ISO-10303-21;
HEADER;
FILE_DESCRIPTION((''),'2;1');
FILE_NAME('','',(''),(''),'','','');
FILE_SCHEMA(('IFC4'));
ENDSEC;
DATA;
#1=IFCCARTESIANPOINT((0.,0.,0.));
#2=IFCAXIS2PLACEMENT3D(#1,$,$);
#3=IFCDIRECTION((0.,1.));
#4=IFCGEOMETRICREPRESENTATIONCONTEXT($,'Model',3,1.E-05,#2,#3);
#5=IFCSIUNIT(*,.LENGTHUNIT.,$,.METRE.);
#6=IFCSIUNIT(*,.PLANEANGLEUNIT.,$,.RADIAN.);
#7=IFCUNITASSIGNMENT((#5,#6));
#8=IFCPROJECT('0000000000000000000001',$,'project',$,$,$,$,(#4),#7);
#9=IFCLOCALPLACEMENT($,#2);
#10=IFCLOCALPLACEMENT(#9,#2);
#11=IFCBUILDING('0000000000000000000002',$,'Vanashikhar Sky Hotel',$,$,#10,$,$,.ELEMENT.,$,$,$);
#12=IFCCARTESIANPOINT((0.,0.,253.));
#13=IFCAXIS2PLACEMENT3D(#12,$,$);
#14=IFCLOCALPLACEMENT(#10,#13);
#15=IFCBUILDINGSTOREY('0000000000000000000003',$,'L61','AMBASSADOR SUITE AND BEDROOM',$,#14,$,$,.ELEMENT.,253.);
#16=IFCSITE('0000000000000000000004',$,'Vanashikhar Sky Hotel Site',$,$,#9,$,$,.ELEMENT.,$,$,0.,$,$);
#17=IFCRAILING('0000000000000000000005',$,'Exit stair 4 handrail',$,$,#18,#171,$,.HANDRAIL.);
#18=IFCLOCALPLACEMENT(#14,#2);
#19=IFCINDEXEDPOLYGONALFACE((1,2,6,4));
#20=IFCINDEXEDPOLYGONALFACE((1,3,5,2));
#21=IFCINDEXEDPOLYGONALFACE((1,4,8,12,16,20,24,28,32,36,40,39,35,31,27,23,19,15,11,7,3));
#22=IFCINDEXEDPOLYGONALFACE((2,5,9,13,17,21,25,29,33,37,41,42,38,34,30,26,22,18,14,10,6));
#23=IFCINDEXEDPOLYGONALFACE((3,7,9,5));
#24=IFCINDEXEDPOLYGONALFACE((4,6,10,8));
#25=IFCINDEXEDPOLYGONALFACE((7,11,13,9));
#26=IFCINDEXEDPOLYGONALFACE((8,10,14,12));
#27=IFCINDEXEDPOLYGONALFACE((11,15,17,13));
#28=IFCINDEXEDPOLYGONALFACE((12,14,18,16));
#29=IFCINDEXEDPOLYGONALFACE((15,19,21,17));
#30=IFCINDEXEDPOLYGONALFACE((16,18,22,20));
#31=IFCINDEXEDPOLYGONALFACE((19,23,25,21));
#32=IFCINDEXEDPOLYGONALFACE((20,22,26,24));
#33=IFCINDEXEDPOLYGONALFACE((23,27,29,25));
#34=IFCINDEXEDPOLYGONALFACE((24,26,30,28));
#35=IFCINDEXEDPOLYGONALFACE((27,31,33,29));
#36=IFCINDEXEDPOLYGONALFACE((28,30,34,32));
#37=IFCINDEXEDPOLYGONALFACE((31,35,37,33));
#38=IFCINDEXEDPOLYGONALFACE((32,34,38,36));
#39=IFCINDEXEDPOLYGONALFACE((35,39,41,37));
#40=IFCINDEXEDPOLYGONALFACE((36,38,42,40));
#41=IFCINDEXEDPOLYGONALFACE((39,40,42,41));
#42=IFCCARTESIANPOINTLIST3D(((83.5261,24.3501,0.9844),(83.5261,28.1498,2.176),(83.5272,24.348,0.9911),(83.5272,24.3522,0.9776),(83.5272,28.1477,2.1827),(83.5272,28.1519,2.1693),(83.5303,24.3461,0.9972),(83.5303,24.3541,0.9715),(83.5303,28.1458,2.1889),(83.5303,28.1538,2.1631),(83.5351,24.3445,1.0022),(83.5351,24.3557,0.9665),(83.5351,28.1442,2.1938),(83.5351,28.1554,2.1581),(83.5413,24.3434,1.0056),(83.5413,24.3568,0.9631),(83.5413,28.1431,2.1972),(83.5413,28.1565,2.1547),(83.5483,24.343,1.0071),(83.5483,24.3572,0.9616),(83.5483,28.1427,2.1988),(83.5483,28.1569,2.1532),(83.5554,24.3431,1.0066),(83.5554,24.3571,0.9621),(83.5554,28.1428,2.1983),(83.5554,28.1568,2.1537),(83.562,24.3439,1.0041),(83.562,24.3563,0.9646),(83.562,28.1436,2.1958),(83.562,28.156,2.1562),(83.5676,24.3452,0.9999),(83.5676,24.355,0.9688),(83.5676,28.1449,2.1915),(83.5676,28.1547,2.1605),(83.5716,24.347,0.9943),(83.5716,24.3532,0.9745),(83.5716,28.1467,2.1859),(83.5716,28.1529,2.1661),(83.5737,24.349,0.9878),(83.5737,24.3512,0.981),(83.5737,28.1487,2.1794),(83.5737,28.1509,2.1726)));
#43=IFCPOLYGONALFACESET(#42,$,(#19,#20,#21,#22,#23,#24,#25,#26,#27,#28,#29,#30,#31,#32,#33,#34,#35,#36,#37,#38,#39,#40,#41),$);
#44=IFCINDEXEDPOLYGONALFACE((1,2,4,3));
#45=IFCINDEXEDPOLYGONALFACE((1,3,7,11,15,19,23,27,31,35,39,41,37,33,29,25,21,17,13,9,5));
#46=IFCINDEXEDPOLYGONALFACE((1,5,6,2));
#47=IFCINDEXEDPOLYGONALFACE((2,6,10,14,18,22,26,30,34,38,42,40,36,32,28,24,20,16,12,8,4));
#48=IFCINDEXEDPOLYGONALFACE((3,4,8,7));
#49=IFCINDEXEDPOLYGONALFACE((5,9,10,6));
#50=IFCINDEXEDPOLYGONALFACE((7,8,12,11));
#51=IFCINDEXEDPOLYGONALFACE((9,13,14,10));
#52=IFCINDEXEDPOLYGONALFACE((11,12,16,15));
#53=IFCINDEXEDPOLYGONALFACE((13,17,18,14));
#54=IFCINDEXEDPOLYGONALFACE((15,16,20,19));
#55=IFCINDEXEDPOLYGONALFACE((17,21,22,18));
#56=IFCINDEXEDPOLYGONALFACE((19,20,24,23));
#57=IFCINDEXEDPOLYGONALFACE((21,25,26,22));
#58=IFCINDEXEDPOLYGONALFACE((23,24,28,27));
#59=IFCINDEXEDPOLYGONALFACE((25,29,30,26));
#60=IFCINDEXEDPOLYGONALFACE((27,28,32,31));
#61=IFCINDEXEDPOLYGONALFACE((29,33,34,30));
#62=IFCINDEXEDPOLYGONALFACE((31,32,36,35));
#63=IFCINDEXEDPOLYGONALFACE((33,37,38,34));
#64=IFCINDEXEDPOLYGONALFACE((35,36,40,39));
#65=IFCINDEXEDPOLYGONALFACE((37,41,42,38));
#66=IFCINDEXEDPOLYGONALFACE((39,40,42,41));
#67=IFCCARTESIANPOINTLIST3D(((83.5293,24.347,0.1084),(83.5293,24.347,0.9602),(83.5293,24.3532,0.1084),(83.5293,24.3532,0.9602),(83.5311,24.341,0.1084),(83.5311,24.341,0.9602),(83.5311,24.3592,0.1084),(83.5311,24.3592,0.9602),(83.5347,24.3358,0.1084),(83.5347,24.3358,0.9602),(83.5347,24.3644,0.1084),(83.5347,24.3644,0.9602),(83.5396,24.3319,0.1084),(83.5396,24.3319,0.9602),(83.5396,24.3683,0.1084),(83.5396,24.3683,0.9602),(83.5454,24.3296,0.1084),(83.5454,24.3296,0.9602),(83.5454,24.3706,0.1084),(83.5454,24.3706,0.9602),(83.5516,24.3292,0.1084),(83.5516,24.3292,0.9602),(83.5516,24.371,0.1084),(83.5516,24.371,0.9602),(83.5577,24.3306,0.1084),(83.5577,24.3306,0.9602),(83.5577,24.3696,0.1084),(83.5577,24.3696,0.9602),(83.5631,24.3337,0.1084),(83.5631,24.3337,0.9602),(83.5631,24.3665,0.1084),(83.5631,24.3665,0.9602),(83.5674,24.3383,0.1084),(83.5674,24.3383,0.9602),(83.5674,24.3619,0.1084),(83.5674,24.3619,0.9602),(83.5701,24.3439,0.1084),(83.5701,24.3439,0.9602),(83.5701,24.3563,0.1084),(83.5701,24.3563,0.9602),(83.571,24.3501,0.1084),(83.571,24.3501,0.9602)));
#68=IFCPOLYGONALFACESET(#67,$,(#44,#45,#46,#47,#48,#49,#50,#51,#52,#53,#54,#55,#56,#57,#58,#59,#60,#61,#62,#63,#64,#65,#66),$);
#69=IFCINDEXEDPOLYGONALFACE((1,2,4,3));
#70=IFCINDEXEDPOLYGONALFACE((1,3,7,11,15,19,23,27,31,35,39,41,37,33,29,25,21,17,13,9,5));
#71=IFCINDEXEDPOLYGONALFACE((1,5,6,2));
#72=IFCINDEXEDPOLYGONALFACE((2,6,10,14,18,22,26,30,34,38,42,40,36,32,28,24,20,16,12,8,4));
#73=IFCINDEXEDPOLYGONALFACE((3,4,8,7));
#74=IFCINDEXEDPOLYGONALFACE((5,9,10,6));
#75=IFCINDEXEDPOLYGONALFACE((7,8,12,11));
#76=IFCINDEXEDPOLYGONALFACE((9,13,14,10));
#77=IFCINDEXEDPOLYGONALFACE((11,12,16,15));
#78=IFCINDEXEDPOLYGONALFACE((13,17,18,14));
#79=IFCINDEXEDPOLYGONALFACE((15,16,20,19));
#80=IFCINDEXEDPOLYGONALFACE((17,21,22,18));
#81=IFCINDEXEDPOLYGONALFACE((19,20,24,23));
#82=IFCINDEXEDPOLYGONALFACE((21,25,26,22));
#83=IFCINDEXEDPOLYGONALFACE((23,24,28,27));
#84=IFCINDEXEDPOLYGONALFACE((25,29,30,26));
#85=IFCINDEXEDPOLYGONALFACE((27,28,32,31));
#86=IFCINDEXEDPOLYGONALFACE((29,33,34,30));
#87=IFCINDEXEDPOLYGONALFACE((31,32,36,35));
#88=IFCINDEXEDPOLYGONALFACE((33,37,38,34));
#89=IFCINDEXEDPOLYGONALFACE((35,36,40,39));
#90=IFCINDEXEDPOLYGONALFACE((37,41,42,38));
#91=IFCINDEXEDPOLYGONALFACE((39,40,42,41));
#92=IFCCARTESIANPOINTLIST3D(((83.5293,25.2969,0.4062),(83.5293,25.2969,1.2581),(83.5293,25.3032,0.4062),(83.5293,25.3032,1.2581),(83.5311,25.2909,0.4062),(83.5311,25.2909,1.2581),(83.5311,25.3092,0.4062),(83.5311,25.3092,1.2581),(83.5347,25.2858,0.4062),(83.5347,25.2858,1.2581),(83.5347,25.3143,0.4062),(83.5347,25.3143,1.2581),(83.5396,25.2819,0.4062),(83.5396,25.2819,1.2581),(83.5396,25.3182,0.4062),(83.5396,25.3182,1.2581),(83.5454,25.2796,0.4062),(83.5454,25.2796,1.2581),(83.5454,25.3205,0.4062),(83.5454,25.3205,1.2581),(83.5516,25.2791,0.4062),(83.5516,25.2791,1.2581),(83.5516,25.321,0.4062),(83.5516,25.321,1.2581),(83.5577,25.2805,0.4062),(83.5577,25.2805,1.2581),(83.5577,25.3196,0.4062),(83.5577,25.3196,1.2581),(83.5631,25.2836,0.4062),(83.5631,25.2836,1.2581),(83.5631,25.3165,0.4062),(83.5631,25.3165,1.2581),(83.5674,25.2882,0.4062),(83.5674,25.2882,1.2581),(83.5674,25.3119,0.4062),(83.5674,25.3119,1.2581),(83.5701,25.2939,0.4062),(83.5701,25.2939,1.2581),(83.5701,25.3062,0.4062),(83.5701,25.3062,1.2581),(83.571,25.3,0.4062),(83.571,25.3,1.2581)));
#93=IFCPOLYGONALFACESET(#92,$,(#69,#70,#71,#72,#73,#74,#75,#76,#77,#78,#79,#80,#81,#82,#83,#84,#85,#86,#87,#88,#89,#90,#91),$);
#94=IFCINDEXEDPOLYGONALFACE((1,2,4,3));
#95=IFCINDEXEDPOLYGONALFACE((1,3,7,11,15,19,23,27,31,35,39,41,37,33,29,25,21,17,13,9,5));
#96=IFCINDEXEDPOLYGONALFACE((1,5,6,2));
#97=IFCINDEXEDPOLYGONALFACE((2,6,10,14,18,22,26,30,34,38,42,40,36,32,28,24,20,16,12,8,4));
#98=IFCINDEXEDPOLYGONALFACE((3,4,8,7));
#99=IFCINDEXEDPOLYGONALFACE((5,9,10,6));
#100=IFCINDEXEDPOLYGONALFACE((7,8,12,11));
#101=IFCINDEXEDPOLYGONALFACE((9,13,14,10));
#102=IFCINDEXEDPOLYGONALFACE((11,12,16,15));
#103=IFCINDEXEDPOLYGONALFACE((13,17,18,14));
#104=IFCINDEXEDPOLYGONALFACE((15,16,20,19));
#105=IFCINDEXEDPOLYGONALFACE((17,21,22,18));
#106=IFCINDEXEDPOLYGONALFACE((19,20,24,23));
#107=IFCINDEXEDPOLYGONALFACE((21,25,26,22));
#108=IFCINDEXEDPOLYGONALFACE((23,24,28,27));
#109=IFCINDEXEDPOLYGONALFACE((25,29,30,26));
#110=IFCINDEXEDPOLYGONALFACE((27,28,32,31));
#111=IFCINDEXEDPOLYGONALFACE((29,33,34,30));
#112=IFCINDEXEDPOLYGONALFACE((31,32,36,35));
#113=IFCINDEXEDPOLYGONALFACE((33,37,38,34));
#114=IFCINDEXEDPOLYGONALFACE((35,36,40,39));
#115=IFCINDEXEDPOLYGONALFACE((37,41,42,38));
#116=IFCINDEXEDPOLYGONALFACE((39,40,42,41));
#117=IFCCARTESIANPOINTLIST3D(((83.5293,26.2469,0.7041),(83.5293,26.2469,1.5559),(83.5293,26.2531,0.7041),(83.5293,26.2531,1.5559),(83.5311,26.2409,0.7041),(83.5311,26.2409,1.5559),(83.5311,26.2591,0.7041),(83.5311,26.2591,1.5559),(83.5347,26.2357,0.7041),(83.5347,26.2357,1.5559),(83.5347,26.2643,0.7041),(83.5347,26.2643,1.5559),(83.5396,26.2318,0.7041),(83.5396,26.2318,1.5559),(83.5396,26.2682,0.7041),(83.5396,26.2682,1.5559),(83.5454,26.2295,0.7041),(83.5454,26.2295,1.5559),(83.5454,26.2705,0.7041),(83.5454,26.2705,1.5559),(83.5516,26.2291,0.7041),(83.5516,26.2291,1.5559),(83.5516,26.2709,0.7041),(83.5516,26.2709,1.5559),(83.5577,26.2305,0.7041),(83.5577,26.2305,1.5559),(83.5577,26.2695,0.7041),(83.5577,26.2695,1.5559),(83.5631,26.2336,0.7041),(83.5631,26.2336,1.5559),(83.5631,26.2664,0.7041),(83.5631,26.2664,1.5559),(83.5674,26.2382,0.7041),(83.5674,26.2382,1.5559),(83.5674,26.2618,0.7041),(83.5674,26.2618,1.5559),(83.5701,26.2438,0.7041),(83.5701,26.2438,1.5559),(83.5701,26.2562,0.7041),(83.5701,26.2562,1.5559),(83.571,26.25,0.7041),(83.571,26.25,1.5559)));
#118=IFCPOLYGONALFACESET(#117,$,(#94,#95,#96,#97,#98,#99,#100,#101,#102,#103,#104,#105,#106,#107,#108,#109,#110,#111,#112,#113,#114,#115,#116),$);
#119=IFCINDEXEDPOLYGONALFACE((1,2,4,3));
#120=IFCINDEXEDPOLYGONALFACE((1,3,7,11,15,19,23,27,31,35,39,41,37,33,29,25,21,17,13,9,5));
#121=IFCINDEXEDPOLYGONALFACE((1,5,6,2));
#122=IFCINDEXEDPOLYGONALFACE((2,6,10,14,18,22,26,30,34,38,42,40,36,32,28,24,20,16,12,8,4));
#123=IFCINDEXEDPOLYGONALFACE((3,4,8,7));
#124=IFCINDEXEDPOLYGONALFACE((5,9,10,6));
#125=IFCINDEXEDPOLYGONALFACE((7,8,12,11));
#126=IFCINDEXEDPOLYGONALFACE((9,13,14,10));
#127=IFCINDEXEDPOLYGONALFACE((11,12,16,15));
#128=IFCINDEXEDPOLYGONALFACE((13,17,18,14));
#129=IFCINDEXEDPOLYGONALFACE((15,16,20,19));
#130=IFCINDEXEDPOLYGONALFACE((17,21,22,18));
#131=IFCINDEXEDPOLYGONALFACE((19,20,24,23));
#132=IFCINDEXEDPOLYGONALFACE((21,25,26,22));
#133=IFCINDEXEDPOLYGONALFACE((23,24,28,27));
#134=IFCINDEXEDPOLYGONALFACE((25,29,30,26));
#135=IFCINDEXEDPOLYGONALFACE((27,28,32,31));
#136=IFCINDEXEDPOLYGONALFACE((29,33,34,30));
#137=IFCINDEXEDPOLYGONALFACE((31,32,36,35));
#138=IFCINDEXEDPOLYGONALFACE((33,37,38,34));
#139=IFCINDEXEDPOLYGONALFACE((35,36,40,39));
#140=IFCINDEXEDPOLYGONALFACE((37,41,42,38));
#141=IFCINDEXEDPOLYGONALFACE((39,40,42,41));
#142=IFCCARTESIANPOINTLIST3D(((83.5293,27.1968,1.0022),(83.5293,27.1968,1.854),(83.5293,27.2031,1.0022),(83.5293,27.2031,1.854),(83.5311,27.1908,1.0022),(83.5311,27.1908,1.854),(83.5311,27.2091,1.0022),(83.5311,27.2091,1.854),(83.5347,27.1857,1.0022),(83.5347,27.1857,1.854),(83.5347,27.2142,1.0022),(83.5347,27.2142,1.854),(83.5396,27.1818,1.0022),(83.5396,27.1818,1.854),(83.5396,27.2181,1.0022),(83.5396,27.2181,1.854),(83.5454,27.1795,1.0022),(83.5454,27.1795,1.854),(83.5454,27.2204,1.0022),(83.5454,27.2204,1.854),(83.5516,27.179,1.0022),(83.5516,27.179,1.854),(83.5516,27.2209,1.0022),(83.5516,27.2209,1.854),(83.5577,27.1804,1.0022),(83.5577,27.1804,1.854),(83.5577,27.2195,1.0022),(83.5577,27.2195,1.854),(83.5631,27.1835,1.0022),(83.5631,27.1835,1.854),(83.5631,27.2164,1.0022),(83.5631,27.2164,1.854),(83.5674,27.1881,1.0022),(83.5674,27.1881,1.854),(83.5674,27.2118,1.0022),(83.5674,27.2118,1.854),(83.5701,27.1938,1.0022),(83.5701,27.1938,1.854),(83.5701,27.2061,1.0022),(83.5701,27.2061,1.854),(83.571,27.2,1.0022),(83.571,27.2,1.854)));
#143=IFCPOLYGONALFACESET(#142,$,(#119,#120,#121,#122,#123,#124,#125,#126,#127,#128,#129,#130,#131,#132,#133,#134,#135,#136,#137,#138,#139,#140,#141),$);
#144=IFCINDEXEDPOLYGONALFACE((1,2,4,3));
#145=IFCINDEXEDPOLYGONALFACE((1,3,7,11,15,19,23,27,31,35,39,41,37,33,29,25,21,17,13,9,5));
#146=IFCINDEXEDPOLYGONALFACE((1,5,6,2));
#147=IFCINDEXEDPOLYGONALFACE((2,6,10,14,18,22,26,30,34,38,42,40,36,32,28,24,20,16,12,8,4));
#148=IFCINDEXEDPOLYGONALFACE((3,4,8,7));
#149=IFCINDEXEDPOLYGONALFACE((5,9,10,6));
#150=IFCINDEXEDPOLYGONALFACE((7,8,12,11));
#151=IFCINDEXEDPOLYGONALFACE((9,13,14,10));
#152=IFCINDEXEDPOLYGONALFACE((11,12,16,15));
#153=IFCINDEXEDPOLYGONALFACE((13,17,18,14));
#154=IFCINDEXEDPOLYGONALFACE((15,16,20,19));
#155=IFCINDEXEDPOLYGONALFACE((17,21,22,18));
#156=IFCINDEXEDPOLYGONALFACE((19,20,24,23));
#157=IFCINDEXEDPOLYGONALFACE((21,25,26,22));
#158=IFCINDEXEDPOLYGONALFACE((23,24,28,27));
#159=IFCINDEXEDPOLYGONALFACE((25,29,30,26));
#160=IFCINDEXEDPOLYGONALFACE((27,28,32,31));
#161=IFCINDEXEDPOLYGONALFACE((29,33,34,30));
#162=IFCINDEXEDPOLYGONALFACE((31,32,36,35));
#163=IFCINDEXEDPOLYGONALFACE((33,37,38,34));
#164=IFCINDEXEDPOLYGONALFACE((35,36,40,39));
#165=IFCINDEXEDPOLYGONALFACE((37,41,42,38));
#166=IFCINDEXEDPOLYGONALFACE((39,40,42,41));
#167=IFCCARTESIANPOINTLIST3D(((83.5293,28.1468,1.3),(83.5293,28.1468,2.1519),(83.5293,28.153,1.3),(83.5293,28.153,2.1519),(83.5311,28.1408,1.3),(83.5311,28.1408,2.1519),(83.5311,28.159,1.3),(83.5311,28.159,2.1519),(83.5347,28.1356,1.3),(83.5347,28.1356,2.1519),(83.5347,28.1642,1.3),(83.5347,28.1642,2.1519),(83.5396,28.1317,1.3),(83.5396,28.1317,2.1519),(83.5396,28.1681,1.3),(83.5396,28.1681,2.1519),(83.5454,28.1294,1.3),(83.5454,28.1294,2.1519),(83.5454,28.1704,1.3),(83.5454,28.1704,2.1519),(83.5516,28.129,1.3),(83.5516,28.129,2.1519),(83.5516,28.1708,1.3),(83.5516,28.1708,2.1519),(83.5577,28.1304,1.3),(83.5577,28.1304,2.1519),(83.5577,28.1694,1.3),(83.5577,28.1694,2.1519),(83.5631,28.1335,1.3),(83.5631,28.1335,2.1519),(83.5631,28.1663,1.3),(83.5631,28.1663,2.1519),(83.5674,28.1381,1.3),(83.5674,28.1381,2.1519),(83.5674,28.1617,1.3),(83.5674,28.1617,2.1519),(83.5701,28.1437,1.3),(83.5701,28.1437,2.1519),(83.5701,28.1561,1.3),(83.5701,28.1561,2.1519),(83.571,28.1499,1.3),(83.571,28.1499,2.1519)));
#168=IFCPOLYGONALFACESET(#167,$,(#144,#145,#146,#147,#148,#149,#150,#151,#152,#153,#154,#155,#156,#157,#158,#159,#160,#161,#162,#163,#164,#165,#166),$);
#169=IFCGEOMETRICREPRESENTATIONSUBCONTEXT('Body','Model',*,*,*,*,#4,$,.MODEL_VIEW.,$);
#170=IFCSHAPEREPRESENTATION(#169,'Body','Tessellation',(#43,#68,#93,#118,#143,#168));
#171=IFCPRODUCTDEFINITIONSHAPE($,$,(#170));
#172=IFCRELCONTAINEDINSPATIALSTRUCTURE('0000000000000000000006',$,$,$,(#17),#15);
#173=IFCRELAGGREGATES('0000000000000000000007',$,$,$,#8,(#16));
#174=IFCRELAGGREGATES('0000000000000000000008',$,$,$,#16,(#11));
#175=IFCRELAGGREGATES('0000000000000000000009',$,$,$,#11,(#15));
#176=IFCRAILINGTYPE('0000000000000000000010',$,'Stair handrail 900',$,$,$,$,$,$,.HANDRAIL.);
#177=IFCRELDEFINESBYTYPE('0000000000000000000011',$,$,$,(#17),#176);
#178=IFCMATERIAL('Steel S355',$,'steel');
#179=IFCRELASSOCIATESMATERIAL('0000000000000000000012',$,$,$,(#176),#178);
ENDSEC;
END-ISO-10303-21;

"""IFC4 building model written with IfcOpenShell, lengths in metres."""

from ifc_helpers import new_model, si_unit, direction, frame, origin, origin_2d, place, context, subcontext, project, spatial, circle, extrude, source, transform, mapped, material, type_object, element, save


model = new_model("IFC4")

# Units and contexts
model_context = context("Model", 3, precision=1e-05, world=origin(), true_north=direction((0.0, 1.0)))
body_context = subcontext(model_context, "Body", "Model", "MODEL_VIEW")
ifc_project = project(units=[si_unit("LENGTHUNIT", "METRE"), si_unit("PLANEANGLEUNIT", "RADIAN")], contexts=[model_context])

# Site, building, storey
site_placement = place(None, origin())
site = spatial("IfcSite", under=ifc_project, at=site_placement, Name="Vanashikhar Sky Hotel Site", CompositionType="ELEMENT", RefElevation=0.0)
building_placement = place(site_placement, origin())
building = spatial("IfcBuilding", under=site, at=building_placement, Name="Vanashikhar Sky Hotel", CompositionType="ELEMENT")
storey_placement = place(building_placement, frame((0.0, 0.0, 253.0)))
storey = spatial("IfcBuildingStorey", under=building, at=storey_placement, Name="L61", Description="AMBASSADOR SUITE AND BEDROOM", CompositionType="ELEMENT", Elevation=253.0)

# Railing
ifc_material_1 = material(Name="Steel S355", Category="steel")
railing_type_1 = type_object("IfcRailingType", Name="Stair handrail 900", PredefinedType="HANDRAIL", material=ifc_material_1)
shared_shape_1 = source(origin(), body_context, "Body", "SweptSolid", [
    extrude(circle(Radius=0.0239, at=origin_2d()), frame((0.0, 0.0, 0.876), z_axis=(0.0, 0.954178, 0.299238), x_axis=(-1.0, 0.0, 0.0)), (0.0, 0.0, 1.0), 3.9822),
    extrude(circle(Radius=0.021, at=origin_2d()), origin(), (0.0, 0.0, 1.0), 0.8518),
    extrude(circle(Radius=0.021, at=origin_2d()), frame((0.0, 0.95, 0.2979)), (0.0, 0.0, 1.0), 0.8518),
    extrude(circle(Radius=0.021, at=origin_2d()), frame((0.0, 1.8999, 0.5957)), (0.0, 0.0, 1.0), 0.8518),
    extrude(circle(Radius=0.021, at=origin_2d()), frame((0.0, 2.8499, 0.8938)), (0.0, 0.0, 1.0), 0.8518),
    extrude(circle(Radius=0.021, at=origin_2d()), frame((0.0, 3.7998, 1.1917)), (0.0, 0.0, 1.0), 0.8518),
])
for number, where, name in (
    (1, (83.55, 24.3501, 0.1084), "Exit stair 4 handrail"),
):
    element("IfcRailing", number, at=place(storey_placement, frame(where)), inside=storey, type_object=railing_type_1, Name=name, PredefinedType="HANDRAIL", context=body_context, shape_type="MappedRepresentation", body=[
        mapped(shared_shape_1, transform((0.0, 0.0, 0.0), scale=1.0)),
    ])

save(model, "model.ifc")
